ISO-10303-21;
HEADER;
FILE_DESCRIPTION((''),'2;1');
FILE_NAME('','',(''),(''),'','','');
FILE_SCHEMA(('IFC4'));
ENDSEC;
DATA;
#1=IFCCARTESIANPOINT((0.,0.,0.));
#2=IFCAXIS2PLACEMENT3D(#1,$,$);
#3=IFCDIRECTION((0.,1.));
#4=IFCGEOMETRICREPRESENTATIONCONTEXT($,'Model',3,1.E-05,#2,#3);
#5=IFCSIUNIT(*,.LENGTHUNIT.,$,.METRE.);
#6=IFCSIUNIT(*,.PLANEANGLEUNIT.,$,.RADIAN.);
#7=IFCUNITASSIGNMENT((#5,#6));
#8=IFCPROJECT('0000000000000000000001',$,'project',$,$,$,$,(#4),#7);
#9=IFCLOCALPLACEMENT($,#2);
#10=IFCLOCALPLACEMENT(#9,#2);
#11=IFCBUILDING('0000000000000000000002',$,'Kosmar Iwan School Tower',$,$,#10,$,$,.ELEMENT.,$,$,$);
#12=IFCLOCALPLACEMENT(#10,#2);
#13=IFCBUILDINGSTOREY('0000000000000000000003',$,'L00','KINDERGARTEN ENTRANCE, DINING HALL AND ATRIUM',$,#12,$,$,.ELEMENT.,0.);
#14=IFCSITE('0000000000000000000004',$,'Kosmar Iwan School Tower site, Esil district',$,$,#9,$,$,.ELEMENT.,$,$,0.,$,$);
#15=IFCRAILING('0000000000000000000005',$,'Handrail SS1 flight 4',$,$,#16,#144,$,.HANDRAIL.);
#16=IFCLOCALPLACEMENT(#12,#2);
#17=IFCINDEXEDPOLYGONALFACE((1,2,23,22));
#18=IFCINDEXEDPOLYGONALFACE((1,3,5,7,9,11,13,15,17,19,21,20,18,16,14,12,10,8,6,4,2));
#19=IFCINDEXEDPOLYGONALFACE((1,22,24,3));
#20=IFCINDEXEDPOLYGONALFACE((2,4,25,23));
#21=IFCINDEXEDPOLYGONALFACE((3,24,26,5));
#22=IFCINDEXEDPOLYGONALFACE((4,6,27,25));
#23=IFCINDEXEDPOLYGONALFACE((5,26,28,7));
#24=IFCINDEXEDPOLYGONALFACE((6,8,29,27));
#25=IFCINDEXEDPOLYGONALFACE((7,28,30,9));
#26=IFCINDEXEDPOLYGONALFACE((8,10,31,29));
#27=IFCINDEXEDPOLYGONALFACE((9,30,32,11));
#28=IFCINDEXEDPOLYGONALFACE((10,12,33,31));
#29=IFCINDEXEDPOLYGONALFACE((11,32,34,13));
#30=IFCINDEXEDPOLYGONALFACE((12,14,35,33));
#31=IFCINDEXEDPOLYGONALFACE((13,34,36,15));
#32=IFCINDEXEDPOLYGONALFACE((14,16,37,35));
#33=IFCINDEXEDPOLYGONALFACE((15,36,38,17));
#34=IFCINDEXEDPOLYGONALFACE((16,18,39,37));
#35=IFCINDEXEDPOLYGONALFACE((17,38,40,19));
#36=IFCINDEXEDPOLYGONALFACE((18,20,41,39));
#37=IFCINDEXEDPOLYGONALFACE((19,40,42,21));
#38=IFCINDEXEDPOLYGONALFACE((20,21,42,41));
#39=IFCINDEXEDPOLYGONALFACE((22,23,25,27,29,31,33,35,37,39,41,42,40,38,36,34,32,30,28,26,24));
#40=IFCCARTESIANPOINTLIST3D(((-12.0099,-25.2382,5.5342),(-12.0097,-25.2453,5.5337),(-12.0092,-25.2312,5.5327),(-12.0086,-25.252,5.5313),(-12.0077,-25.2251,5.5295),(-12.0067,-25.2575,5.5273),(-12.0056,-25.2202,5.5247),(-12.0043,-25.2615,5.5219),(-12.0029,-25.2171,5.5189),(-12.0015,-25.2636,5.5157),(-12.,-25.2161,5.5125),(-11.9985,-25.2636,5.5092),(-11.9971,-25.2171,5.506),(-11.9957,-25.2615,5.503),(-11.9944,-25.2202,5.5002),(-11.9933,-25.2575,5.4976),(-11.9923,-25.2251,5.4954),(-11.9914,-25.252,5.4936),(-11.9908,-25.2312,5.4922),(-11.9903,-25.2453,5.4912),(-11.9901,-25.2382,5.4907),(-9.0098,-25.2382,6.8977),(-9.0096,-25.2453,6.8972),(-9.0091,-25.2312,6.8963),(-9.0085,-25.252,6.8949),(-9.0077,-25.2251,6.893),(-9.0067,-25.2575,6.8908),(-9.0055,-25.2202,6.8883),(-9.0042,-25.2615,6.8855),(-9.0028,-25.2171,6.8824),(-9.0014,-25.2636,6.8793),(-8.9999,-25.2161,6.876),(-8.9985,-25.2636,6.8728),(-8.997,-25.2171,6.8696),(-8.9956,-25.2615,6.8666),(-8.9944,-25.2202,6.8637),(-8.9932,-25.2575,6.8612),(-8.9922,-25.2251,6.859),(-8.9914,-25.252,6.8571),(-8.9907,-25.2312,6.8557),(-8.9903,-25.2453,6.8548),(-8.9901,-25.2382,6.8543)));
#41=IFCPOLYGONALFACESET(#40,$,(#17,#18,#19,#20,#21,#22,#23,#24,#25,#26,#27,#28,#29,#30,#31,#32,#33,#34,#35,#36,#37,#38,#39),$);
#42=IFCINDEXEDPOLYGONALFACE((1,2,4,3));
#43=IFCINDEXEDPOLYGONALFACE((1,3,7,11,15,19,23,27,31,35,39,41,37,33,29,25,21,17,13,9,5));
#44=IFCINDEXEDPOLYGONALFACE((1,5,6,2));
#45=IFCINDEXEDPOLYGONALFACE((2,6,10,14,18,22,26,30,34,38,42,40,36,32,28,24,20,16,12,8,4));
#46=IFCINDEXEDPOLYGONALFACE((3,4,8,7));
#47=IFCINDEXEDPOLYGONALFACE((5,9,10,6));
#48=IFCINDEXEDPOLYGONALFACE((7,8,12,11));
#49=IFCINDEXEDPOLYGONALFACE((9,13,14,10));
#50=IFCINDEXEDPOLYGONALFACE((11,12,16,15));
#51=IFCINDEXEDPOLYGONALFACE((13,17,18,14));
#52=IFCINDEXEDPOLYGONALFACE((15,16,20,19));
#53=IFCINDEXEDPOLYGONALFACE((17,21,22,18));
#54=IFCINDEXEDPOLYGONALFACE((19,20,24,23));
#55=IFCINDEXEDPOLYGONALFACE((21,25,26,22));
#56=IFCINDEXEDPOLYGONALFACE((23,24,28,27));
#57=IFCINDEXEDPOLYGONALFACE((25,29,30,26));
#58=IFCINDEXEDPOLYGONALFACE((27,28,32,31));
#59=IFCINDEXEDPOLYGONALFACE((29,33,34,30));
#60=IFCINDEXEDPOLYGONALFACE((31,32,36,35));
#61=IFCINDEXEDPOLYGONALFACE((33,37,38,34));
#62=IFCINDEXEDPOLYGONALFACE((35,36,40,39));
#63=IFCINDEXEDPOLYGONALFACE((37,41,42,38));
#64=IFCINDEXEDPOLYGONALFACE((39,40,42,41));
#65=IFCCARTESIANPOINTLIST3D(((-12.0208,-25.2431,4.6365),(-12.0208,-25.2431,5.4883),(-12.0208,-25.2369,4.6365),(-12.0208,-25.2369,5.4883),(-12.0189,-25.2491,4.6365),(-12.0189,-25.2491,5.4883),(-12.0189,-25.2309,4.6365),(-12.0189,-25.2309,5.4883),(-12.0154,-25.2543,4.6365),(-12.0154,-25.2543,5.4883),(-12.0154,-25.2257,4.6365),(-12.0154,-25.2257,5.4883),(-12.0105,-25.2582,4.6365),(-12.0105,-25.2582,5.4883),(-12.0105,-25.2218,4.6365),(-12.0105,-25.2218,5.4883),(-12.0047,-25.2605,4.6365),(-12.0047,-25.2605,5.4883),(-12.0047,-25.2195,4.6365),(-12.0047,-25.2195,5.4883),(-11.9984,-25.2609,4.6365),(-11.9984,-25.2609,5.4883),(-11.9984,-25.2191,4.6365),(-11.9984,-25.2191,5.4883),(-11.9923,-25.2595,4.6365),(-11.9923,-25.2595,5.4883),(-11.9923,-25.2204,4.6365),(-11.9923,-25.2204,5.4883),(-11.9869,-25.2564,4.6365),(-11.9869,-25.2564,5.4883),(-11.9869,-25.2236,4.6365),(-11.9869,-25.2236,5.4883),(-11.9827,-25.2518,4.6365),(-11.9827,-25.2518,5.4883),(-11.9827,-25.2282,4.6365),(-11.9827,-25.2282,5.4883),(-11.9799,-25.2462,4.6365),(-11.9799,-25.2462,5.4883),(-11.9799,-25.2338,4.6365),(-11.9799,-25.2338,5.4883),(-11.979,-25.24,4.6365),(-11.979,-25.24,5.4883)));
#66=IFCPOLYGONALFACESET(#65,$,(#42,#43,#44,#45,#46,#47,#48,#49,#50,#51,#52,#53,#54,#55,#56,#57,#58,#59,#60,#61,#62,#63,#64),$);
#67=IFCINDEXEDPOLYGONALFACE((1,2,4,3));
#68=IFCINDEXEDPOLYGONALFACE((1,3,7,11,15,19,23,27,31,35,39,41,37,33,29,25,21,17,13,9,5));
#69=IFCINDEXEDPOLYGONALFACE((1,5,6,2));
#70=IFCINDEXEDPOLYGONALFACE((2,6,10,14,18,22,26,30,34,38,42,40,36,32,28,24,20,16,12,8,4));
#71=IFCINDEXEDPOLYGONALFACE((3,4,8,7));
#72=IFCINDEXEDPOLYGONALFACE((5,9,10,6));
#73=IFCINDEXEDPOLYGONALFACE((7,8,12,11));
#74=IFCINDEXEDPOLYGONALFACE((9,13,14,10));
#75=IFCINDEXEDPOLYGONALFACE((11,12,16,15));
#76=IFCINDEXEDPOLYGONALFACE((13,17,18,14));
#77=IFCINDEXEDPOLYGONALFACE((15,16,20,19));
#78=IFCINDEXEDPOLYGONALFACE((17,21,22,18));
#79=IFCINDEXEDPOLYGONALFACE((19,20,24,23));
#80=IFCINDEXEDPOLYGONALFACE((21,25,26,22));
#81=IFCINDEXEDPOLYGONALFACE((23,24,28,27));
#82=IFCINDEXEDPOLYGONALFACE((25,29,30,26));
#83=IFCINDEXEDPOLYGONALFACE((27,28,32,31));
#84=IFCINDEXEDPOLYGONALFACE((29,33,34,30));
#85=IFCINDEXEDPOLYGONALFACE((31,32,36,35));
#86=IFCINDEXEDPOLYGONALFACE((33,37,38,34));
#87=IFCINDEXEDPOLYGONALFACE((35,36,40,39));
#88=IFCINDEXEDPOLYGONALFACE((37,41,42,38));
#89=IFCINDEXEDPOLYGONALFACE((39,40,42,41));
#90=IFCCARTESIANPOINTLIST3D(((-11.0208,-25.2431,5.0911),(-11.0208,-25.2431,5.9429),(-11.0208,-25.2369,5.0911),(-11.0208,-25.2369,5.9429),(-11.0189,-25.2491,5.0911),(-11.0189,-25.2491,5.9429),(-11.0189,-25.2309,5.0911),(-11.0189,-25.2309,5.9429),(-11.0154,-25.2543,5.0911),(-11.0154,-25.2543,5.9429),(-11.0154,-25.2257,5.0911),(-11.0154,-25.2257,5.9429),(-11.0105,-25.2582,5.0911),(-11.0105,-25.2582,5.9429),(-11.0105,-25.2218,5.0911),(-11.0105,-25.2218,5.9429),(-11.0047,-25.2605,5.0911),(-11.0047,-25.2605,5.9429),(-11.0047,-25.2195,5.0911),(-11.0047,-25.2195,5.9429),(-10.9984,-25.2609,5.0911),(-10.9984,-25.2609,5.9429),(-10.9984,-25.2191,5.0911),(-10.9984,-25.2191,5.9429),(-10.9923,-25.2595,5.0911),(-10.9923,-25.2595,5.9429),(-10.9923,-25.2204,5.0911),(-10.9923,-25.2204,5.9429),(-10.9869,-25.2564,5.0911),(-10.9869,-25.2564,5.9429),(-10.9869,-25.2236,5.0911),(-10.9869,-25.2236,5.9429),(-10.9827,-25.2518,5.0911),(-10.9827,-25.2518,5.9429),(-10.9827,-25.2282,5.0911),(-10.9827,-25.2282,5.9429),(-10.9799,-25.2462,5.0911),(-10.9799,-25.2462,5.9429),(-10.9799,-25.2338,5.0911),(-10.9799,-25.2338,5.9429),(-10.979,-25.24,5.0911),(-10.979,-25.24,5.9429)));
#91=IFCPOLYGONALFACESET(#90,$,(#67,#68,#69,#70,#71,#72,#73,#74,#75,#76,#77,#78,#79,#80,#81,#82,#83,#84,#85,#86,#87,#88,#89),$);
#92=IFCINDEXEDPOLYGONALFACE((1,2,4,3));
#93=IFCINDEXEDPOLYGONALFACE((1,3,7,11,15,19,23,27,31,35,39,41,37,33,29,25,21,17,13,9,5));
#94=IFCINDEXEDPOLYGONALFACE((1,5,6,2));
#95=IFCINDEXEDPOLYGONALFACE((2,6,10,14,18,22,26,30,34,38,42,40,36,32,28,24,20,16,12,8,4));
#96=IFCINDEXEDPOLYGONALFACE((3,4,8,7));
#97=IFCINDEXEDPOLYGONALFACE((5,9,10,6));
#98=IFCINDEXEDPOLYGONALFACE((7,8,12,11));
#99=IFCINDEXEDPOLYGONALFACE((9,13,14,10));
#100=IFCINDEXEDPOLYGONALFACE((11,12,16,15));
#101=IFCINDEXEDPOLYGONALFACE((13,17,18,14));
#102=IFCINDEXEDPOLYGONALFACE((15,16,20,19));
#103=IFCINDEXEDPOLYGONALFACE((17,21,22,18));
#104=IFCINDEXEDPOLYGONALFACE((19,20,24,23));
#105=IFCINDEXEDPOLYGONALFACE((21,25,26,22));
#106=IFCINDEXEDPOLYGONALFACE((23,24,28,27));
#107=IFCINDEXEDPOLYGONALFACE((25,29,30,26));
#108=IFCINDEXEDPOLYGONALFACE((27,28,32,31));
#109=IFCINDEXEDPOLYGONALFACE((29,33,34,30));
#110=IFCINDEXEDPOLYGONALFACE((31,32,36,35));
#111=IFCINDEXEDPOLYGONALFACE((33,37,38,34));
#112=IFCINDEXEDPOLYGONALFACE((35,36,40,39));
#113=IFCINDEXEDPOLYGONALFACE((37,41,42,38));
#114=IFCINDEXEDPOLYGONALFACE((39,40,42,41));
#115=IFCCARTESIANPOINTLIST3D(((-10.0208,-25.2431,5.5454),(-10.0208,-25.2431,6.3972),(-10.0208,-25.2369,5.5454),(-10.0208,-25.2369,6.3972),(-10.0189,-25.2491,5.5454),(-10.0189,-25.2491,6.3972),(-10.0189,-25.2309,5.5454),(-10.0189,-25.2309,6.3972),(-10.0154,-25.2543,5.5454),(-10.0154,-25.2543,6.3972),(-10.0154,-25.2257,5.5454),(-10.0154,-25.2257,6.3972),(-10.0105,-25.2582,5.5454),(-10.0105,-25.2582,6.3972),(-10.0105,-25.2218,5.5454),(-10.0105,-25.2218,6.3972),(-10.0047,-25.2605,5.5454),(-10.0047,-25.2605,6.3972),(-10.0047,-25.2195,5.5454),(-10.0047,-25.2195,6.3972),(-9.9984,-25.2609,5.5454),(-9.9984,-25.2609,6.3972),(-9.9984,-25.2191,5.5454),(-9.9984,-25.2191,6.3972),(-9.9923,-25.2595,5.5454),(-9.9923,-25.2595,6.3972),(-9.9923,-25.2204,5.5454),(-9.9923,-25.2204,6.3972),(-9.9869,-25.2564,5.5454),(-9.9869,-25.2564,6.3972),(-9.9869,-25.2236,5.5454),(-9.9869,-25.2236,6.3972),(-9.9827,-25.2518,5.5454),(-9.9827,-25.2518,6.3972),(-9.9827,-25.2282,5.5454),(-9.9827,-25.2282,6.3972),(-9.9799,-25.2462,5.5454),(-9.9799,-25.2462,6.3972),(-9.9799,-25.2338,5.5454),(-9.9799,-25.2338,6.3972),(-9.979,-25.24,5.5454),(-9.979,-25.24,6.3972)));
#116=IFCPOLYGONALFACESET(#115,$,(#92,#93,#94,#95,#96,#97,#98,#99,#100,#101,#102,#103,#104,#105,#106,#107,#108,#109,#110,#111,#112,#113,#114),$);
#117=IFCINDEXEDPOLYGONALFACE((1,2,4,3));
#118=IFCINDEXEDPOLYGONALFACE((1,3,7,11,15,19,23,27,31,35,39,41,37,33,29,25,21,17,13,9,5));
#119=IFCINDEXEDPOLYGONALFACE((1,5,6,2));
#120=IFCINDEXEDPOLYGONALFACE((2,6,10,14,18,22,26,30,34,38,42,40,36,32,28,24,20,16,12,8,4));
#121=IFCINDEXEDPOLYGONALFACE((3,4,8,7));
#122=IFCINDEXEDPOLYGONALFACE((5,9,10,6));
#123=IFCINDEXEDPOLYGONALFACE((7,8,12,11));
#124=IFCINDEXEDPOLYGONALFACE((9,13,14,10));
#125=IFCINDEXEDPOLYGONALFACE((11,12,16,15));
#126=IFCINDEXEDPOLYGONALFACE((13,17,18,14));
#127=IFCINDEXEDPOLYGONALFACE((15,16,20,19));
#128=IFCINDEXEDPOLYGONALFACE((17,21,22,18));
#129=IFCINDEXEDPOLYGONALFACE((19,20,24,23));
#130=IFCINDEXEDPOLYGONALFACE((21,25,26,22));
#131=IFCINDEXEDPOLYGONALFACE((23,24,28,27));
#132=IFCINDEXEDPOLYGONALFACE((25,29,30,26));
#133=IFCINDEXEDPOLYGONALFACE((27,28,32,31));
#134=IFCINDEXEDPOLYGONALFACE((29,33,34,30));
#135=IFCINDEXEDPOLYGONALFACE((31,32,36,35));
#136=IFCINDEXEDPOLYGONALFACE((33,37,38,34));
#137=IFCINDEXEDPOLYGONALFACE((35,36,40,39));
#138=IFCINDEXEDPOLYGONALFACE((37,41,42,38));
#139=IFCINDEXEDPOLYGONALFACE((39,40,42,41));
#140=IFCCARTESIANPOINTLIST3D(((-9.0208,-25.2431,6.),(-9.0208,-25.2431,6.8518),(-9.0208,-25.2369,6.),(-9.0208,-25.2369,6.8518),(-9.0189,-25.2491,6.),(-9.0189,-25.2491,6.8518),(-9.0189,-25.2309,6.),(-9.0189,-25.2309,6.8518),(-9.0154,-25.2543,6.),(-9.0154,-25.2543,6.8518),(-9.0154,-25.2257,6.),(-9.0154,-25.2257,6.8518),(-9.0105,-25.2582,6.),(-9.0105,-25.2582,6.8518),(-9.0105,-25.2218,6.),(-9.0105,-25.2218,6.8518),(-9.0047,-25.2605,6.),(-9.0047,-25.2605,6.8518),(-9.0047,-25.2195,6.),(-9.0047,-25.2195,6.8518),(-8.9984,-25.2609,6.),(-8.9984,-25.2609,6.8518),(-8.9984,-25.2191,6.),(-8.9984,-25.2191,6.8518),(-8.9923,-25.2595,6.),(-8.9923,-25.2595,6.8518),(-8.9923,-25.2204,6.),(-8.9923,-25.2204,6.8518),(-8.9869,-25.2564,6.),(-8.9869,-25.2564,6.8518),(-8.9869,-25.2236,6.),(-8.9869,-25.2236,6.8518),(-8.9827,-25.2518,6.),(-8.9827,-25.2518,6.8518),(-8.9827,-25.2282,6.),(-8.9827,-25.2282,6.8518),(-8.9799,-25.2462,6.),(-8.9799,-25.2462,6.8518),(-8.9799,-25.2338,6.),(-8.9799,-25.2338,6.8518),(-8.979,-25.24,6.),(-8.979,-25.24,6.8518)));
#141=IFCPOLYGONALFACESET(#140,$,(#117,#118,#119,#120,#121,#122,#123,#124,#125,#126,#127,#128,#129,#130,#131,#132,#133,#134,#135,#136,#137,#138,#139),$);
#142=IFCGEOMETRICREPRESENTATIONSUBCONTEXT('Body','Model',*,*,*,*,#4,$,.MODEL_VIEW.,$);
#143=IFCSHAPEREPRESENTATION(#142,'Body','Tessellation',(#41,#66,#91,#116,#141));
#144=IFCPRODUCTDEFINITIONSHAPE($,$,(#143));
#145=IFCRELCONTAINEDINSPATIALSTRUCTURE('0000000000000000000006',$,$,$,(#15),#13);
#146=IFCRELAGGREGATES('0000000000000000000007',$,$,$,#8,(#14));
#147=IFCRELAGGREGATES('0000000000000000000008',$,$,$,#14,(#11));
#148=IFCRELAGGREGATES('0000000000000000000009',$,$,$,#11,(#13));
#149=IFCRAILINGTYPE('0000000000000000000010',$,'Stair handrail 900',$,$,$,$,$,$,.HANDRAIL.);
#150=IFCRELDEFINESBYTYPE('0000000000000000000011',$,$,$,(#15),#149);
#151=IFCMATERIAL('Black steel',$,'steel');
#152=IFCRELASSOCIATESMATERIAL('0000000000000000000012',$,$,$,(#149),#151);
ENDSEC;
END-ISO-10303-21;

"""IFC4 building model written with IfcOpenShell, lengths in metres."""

from ifc_helpers import new_model, si_unit, direction, frame, origin, origin_2d, place, context, subcontext, project, spatial, circle, extrude, material, type_object, element, save


model = new_model("IFC4")

# Units and contexts
model_context = context("Model", 3, precision=1e-05, world=origin(), true_north=direction((0.0, 1.0)))
body_context = subcontext(model_context, "Body", "Model", "MODEL_VIEW")
ifc_project = project(units=[si_unit("LENGTHUNIT", "METRE"), si_unit("PLANEANGLEUNIT", "RADIAN")], contexts=[model_context])

# Site, building, storey
site_placement = place(None, origin())
site = spatial("IfcSite", under=ifc_project, at=site_placement, Name="Kosmar Iwan School Tower site, Esil district", CompositionType="ELEMENT", RefElevation=0.0)
building_placement = place(site_placement, origin())
building = spatial("IfcBuilding", under=site, at=building_placement, Name="Kosmar Iwan School Tower", CompositionType="ELEMENT")
storey_placement = place(building_placement, origin())
storey = spatial("IfcBuildingStorey", under=building, at=storey_placement, Name="L00", Description="KINDERGARTEN ENTRANCE, DINING HALL AND ATRIUM", CompositionType="ELEMENT", Elevation=0.0)

# Railing
ifc_material_1 = material(Name="Black steel", Category="steel")
railing_type = type_object("IfcRailingType", Name="Stair handrail 900", PredefinedType="HANDRAIL", material=ifc_material_1)
railing_1_placement = place(storey_placement, frame((-12.0, -25.24, 4.6365)))
element("IfcRailing", 1, at=railing_1_placement, inside=storey, type_object=railing_type, Name="Handrail SS1 flight 4", PredefinedType="HANDRAIL", context=body_context, shape_type="SweptSolid", body=[
    extrude(circle(Radius=0.0239, at=origin_2d()), frame((0.0, 0.0, 0.876), z_axis=(0.910379, 0.0, 0.413775), x_axis=(0.0, 1.0, 0.0)), (0.0, 0.0, 1.0), 3.2954),
    extrude(circle(Radius=0.021, at=origin_2d()), origin(), (0.0, 0.0, 1.0), 0.8518),
    extrude(circle(Radius=0.021, at=origin_2d()), frame((1.0, 0.0, 0.4546)), (0.0, 0.0, 1.0), 0.8518),
    extrude(circle(Radius=0.021, at=origin_2d()), frame((2.0, 0.0, 0.9089)), (0.0, 0.0, 1.0), 0.8518),
    extrude(circle(Radius=0.021, at=origin_2d()), frame((3.0, 0.0, 1.3635)), (0.0, 0.0, 1.0), 0.8518),
])

save(model, "model.ifc")
